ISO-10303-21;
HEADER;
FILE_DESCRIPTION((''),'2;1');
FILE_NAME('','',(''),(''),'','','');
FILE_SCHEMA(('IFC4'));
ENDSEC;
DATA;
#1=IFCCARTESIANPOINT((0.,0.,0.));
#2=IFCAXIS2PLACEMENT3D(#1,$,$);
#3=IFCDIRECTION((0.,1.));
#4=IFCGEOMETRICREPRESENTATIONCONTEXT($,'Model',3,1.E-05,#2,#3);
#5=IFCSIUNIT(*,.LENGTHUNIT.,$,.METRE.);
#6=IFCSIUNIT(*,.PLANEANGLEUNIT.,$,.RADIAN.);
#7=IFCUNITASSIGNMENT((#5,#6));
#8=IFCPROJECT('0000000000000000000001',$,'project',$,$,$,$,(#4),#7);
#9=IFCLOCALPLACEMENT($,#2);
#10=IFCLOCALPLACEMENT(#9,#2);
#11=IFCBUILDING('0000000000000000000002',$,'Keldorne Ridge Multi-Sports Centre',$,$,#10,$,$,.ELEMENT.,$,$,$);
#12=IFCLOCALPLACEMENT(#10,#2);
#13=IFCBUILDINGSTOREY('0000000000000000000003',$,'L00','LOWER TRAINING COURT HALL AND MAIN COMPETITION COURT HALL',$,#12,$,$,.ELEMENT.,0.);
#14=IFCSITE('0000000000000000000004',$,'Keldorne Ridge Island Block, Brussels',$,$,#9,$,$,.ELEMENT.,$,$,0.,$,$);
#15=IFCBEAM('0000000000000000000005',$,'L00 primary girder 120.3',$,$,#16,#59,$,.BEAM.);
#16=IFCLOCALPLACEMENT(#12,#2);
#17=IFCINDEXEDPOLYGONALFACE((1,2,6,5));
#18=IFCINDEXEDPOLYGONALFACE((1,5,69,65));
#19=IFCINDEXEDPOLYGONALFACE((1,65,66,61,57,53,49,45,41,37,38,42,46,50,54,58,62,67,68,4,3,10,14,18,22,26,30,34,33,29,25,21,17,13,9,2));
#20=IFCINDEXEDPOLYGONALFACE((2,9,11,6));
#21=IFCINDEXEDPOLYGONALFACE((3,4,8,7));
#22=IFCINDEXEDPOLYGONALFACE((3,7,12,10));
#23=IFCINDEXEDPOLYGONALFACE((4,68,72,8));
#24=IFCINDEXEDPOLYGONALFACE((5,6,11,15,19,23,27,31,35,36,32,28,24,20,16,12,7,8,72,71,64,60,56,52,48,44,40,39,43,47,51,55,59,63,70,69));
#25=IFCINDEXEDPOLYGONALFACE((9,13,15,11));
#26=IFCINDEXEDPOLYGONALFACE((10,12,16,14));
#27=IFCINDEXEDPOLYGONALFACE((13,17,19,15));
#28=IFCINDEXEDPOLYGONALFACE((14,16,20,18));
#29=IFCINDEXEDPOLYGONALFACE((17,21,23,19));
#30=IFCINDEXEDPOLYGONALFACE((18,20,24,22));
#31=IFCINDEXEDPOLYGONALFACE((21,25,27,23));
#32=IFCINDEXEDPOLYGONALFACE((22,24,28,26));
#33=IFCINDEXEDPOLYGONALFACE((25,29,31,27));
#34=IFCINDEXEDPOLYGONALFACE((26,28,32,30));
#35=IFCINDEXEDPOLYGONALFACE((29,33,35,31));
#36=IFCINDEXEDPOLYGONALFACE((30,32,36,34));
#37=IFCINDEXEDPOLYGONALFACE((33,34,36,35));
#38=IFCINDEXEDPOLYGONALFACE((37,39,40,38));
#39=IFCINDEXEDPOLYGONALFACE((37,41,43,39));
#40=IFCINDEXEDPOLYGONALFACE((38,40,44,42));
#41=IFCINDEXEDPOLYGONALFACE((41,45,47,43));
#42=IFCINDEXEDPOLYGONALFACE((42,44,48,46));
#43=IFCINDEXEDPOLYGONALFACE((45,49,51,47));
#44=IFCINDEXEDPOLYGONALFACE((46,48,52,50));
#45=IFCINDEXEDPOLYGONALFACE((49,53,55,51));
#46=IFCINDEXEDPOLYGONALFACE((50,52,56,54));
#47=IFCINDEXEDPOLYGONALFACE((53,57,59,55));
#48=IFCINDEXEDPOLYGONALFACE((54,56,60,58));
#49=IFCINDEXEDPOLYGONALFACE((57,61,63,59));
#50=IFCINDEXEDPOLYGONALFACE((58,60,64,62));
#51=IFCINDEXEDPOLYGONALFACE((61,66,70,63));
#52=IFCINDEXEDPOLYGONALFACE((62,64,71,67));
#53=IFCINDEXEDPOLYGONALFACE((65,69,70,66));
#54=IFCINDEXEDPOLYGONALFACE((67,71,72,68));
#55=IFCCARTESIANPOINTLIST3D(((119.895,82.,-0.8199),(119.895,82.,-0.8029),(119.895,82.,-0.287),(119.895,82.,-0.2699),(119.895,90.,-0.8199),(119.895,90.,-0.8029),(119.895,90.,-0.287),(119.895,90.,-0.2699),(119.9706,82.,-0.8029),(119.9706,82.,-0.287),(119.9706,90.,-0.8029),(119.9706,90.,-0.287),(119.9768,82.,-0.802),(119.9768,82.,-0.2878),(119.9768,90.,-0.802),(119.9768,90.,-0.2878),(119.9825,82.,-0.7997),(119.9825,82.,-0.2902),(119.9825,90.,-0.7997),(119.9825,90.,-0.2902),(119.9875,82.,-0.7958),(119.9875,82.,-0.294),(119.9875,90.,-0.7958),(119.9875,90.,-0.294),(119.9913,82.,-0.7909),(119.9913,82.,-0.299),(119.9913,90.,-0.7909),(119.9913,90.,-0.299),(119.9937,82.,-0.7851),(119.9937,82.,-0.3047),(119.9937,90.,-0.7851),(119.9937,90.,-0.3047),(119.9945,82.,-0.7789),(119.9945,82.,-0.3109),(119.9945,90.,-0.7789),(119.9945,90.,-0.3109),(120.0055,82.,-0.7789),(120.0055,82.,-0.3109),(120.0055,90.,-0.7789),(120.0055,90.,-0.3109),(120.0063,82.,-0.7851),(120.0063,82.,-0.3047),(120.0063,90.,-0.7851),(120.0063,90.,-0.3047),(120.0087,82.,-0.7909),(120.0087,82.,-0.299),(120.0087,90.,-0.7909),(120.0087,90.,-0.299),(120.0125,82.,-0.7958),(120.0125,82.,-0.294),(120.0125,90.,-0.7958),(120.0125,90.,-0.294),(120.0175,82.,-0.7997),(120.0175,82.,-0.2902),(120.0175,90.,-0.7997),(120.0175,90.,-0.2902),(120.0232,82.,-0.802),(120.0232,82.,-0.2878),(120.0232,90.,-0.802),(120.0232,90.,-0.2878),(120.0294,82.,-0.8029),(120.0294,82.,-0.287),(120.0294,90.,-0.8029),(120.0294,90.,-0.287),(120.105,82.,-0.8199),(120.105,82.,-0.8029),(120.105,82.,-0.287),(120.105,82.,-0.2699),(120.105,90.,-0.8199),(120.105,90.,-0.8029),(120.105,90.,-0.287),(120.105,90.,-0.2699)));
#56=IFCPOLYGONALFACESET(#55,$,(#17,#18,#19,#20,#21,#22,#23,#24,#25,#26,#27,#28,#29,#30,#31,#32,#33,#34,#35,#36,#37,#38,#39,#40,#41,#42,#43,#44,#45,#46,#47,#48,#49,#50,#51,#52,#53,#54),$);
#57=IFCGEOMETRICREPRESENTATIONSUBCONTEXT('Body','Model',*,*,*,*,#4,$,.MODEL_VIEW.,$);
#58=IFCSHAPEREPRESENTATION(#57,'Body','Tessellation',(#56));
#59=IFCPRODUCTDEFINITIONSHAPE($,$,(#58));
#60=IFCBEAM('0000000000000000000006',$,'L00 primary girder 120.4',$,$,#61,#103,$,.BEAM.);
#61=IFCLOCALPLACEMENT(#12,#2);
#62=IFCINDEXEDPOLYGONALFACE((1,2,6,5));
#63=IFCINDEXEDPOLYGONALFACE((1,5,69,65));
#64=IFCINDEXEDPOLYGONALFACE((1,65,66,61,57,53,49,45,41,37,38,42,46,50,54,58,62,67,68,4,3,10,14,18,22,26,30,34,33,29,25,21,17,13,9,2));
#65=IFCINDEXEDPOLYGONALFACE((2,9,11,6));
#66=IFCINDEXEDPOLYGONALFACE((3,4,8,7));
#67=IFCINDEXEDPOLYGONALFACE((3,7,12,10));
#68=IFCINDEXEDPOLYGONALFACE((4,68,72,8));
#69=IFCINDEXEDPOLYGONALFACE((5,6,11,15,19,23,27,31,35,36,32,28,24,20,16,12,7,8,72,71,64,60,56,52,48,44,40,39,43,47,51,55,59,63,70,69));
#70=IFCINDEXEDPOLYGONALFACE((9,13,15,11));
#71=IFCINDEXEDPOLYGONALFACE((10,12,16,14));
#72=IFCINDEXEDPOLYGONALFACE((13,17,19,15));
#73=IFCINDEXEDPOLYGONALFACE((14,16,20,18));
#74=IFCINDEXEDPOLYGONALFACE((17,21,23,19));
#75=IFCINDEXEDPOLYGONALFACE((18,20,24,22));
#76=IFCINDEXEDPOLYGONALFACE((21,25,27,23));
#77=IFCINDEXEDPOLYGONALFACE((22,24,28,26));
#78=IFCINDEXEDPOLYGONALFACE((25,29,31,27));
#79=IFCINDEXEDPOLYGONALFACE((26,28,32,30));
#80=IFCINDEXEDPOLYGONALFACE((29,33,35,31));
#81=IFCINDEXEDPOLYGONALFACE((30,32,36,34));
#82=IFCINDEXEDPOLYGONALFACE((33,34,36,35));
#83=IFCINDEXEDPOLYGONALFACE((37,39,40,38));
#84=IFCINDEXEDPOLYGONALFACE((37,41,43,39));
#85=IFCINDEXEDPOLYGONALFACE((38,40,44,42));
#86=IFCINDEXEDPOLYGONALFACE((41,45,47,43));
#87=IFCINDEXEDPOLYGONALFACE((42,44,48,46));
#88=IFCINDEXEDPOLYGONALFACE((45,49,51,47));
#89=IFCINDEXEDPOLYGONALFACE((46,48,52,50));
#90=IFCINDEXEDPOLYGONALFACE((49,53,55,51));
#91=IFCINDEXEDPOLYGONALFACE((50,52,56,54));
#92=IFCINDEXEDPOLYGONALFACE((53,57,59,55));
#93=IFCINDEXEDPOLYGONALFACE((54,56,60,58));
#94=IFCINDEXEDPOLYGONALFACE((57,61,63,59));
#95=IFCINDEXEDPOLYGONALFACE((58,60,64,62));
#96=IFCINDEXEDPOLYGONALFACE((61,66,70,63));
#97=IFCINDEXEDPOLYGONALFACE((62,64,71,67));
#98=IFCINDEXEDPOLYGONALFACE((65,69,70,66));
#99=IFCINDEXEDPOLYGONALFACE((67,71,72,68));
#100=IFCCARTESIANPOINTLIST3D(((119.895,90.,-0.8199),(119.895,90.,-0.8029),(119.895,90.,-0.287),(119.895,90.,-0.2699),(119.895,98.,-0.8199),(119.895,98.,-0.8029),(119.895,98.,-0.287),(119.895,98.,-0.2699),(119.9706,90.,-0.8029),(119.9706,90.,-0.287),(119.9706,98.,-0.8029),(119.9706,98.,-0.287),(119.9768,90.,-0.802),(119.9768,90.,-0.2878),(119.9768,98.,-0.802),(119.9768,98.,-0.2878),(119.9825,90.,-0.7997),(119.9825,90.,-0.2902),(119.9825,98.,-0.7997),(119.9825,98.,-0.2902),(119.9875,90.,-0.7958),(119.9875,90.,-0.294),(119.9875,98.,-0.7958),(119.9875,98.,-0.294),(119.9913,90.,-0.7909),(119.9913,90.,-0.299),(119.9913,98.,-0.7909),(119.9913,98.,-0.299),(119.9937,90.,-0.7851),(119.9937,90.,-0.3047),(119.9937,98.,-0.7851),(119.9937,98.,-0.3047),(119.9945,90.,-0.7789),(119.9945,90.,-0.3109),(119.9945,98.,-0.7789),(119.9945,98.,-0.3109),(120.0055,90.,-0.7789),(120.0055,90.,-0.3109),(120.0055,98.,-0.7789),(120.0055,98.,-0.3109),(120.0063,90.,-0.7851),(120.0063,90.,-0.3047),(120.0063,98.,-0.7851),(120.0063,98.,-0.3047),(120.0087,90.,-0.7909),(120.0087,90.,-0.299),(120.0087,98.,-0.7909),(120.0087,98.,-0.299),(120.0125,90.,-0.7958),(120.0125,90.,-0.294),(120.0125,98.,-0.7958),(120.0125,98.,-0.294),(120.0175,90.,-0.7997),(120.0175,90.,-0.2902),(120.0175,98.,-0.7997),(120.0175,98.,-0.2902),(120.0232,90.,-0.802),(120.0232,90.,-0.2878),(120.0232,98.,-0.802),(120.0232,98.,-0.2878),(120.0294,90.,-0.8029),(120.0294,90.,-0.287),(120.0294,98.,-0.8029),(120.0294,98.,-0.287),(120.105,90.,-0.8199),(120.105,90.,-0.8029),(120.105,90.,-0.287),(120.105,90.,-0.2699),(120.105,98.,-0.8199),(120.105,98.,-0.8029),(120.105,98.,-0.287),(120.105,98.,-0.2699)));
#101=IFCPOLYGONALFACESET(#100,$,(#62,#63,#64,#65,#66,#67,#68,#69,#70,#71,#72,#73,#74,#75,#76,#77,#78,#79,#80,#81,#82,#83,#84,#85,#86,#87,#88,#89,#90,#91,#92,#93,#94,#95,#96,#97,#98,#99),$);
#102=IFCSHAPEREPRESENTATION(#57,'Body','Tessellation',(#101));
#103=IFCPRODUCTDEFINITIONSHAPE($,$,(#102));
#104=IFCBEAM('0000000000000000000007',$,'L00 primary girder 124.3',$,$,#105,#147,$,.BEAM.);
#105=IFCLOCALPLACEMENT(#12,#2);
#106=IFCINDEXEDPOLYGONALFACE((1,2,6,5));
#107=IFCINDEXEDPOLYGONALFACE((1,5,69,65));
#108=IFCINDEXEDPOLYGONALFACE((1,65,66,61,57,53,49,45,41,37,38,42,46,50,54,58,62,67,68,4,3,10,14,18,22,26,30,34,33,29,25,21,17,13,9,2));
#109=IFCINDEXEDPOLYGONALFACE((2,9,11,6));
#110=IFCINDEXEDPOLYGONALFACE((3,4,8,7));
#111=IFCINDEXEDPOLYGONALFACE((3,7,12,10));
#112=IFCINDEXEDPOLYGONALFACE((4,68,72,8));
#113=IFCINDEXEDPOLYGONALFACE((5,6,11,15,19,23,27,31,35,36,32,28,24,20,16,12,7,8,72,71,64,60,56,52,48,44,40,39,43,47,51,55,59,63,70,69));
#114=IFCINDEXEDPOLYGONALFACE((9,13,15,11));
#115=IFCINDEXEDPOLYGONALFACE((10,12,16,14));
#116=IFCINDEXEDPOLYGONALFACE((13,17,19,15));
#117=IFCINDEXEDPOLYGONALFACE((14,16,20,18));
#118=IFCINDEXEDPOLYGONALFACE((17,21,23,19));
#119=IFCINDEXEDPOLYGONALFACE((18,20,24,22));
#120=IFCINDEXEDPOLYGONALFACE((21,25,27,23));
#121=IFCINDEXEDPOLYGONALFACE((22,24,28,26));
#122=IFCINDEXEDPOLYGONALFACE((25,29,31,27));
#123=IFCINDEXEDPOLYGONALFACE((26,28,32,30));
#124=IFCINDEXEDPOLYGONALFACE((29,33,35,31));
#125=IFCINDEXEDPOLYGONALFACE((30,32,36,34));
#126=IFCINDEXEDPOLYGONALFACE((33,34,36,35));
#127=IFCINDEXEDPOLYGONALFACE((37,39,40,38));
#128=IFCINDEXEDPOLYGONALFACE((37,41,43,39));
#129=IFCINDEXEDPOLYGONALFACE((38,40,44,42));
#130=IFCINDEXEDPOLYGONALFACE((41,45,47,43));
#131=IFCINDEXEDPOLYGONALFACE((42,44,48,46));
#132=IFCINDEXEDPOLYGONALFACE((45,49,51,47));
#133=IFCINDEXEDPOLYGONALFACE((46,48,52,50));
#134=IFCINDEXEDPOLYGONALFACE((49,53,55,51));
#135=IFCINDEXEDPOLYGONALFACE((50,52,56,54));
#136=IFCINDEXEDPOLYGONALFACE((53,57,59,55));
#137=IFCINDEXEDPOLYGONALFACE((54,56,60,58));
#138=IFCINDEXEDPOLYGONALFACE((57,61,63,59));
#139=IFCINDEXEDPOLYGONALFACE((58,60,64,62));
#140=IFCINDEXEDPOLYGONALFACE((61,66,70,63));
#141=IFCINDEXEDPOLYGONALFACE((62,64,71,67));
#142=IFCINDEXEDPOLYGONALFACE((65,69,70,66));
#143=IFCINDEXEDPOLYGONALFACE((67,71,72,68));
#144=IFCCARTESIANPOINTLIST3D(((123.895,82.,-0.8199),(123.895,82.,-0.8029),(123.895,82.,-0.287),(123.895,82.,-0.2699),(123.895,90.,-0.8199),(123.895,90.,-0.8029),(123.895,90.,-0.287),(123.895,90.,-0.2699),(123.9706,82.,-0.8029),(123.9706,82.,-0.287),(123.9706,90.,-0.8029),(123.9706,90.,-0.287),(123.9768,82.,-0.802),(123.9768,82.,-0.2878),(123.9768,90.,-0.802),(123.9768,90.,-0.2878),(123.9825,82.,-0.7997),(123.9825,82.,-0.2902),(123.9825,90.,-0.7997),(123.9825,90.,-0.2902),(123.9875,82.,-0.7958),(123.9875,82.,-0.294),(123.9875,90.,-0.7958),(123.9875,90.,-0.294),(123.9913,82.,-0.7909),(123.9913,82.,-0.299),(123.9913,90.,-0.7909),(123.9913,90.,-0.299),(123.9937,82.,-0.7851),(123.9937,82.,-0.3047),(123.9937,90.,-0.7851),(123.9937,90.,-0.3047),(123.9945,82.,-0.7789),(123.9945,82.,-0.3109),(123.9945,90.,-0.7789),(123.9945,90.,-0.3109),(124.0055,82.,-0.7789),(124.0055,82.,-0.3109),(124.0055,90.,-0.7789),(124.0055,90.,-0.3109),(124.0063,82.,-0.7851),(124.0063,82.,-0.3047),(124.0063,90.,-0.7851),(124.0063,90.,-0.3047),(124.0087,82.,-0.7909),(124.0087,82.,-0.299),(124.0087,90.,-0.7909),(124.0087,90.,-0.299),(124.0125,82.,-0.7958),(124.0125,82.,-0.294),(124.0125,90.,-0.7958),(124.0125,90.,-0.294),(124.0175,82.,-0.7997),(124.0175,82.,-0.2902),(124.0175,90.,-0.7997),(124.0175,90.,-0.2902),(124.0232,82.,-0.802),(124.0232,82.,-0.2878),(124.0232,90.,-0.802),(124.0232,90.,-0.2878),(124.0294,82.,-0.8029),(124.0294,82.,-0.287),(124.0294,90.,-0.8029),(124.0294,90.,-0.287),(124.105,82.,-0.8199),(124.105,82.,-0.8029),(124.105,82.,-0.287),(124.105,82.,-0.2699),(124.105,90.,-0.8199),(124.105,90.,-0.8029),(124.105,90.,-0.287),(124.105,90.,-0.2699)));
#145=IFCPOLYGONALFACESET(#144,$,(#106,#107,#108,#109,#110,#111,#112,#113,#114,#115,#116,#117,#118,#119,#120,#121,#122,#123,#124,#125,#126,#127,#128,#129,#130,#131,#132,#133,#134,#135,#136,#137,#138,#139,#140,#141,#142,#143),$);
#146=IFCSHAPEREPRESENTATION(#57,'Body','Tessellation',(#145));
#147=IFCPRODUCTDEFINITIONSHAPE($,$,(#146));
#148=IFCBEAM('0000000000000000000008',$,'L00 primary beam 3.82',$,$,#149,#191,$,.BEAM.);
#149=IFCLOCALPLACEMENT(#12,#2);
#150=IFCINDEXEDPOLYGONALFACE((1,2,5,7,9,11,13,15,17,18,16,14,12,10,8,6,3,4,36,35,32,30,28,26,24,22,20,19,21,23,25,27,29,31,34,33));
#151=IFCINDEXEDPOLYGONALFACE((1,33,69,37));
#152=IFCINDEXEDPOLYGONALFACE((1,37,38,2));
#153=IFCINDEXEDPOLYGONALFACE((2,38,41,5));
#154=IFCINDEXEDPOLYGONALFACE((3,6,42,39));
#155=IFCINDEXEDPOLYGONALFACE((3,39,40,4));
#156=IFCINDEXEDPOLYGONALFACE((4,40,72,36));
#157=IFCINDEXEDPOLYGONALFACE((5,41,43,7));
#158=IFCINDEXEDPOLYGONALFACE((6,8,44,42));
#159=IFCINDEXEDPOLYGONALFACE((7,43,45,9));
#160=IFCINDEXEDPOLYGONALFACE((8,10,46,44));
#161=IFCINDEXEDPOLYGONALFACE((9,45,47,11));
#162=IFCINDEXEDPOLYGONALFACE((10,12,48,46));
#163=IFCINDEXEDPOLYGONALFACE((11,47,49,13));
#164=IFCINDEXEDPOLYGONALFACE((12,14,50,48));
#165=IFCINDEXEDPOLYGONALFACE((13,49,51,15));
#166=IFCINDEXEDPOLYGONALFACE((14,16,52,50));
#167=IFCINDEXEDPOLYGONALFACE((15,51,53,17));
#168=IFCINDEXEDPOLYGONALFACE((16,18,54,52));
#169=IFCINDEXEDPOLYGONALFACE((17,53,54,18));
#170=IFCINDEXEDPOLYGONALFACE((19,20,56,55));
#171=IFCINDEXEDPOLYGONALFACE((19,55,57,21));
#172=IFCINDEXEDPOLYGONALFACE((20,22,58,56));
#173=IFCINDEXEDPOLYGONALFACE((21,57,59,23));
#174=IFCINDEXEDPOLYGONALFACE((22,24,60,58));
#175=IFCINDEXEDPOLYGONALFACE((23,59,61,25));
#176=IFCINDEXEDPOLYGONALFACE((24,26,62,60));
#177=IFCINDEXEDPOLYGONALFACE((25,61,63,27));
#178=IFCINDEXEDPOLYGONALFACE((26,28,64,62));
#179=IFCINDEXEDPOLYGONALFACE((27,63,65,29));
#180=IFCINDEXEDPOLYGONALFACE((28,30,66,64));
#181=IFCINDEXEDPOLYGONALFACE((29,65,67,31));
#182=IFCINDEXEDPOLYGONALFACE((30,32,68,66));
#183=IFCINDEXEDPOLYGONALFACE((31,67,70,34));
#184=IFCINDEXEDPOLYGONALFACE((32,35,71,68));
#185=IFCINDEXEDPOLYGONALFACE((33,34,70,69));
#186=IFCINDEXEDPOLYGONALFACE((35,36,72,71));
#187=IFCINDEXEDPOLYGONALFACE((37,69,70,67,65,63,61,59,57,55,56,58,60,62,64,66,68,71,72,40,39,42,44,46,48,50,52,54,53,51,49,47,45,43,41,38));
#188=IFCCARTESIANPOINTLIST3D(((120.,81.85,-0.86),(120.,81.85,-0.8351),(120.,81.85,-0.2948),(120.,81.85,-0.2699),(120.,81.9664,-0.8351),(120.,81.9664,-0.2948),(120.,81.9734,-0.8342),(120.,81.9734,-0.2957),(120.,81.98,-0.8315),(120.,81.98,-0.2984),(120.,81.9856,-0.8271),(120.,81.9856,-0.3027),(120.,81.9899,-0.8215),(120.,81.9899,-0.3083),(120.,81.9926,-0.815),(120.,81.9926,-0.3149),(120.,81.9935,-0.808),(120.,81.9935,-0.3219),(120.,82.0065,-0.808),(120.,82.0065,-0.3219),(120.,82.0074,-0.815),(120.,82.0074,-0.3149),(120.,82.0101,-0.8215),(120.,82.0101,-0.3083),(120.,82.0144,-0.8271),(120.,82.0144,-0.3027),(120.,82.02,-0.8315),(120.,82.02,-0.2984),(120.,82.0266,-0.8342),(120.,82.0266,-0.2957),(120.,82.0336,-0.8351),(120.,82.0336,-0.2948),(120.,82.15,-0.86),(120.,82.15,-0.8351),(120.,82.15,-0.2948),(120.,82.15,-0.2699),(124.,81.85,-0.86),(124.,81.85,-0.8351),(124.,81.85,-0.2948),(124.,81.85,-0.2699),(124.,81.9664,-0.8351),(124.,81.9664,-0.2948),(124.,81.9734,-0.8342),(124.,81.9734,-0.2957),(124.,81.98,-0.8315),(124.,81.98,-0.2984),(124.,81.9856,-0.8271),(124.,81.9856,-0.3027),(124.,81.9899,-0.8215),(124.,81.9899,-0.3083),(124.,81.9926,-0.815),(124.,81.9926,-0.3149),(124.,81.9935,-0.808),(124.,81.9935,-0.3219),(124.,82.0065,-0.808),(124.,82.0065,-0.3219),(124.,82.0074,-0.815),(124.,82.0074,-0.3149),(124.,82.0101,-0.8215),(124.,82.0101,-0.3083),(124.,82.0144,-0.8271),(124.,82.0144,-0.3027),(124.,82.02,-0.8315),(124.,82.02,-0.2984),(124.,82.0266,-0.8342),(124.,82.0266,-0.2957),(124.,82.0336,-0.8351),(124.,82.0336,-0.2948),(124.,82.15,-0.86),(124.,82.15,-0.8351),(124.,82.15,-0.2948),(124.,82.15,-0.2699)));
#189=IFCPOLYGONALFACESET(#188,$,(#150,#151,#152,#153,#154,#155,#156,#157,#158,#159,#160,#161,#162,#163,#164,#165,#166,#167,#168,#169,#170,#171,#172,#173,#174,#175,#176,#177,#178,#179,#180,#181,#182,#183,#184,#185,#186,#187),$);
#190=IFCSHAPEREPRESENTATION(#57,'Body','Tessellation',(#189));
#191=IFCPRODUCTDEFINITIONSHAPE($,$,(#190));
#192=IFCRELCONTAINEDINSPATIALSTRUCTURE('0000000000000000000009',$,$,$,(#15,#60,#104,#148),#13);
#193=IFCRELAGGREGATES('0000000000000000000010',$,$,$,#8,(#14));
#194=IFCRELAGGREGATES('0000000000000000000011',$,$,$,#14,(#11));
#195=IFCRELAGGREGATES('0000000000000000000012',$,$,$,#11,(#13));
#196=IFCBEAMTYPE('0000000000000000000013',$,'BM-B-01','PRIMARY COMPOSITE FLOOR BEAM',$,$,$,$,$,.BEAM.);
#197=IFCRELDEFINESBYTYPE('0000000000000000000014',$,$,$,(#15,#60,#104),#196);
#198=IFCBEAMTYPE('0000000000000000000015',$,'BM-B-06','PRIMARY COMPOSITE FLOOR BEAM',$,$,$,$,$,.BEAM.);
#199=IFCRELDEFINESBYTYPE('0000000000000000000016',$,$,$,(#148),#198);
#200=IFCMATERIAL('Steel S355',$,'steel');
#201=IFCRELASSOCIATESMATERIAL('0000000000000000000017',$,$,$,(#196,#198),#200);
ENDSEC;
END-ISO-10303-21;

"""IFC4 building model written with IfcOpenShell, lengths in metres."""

from ifc_helpers import new_model, si_unit, direction, frame, origin, origin_2d, place, context, subcontext, project, spatial, i_section, extrude, material, material_profile, profile_set, type_object, element, save


model = new_model("IFC4")

# Units and contexts
model_context = context("Model", 3, precision=1e-05, world=origin(), true_north=direction((0.0, 1.0)))
body_context = subcontext(model_context, "Body", "Model", "MODEL_VIEW")
ifc_project = project(units=[si_unit("LENGTHUNIT", "METRE"), si_unit("PLANEANGLEUNIT", "RADIAN")], contexts=[model_context])

# Site, building, storey
site_placement = place(None, origin())
site = spatial("IfcSite", under=ifc_project, at=site_placement, Name="Keldorne Ridge Island Block, Brussels", CompositionType="ELEMENT", RefElevation=0.0)
building_placement = place(site_placement, origin())
building = spatial("IfcBuilding", under=site, at=building_placement, Name="Keldorne Ridge Multi-Sports Centre", CompositionType="ELEMENT")
storey_placement = place(building_placement, origin())
storey = spatial("IfcBuildingStorey", under=building, at=storey_placement, Name="L00", Description="LOWER TRAINING COURT HALL AND MAIN COMPETITION COURT HALL", CompositionType="ELEMENT", Elevation=0.0)

# Shared definitions
ifc_material_1 = material(Name="Steel S355", Category="steel")

# Beams
ifc_material_profile_1 = material_profile(ifc_material_1, i_section(OverallWidth=0.21, OverallDepth=0.55, WebThickness=0.011, FlangeThickness=0.0171, FilletRadius=0.0239, at=origin_2d()), Name="IPE 550")
ifc_profile_set_1 = profile_set([ifc_material_profile_1], Name="Steel S355")
beam_type_1 = type_object("IfcBeamType", Name="BM-B-01", Description="PRIMARY COMPOSITE FLOOR BEAM", PredefinedType="BEAM", material=ifc_profile_set_1)
for number, where, z_axis, x_axis, name in (
    (1, (120.0, 82.0, -0.5449), (0.0, 1.0, 0.0), (-1.0, 0.0, 0.0), "L00 primary girder 120.3"),
    (2, (120.0, 90.0, -0.5449), (0.0, 1.0, 0.0), (-1.0, 0.0, 0.0), "L00 primary girder 120.4"),
    (3, (124.0, 82.0, -0.5449), (0.0, 1.0, 0.0), (-1.0, 0.0, 0.0), "L00 primary girder 124.3"),
):
    element("IfcBeam", number, at=place(storey_placement, frame(where, z_axis=z_axis, x_axis=x_axis)), inside=storey, type_object=beam_type_1, Name=name, PredefinedType="BEAM", context=body_context, shape_type="SweptSolid", body=[
        extrude(i_section(OverallWidth=0.21, OverallDepth=0.55, WebThickness=0.011, FlangeThickness=0.0171, FilletRadius=0.0239, at=origin_2d()), origin(), (0.0, 0.0, 1.0), 8.0),
    ])
ifc_material_profile_2 = material_profile(ifc_material_1, i_section(OverallWidth=0.3, OverallDepth=0.5901, WebThickness=0.0129, FlangeThickness=0.0249, FilletRadius=0.0271, at=origin_2d()), Name="HEA 600")
ifc_profile_set_2 = profile_set([ifc_material_profile_2], Name="Steel S355")
beam_type_2 = type_object("IfcBeamType", Name="BM-B-06", Description="PRIMARY COMPOSITE FLOOR BEAM", PredefinedType="BEAM", material=ifc_profile_set_2)
for number, where, z_axis, x_axis, name in (
    (4, (120.0, 82.0, -0.5649), (1.0, 0.0, 0.0), (0.0, 1.0, 0.0), "L00 primary beam 3.82"),
):
    element("IfcBeam", number, at=place(storey_placement, frame(where, z_axis=z_axis, x_axis=x_axis)), inside=storey, type_object=beam_type_2, Name=name, PredefinedType="BEAM", context=body_context, shape_type="SweptSolid", body=[
        extrude(i_section(OverallWidth=0.3, OverallDepth=0.5901, WebThickness=0.0129, FlangeThickness=0.0249, FilletRadius=0.0271, at=origin_2d()), origin(), (0.0, 0.0, 1.0), 4.0),
    ])

save(model, "model.ifc")
